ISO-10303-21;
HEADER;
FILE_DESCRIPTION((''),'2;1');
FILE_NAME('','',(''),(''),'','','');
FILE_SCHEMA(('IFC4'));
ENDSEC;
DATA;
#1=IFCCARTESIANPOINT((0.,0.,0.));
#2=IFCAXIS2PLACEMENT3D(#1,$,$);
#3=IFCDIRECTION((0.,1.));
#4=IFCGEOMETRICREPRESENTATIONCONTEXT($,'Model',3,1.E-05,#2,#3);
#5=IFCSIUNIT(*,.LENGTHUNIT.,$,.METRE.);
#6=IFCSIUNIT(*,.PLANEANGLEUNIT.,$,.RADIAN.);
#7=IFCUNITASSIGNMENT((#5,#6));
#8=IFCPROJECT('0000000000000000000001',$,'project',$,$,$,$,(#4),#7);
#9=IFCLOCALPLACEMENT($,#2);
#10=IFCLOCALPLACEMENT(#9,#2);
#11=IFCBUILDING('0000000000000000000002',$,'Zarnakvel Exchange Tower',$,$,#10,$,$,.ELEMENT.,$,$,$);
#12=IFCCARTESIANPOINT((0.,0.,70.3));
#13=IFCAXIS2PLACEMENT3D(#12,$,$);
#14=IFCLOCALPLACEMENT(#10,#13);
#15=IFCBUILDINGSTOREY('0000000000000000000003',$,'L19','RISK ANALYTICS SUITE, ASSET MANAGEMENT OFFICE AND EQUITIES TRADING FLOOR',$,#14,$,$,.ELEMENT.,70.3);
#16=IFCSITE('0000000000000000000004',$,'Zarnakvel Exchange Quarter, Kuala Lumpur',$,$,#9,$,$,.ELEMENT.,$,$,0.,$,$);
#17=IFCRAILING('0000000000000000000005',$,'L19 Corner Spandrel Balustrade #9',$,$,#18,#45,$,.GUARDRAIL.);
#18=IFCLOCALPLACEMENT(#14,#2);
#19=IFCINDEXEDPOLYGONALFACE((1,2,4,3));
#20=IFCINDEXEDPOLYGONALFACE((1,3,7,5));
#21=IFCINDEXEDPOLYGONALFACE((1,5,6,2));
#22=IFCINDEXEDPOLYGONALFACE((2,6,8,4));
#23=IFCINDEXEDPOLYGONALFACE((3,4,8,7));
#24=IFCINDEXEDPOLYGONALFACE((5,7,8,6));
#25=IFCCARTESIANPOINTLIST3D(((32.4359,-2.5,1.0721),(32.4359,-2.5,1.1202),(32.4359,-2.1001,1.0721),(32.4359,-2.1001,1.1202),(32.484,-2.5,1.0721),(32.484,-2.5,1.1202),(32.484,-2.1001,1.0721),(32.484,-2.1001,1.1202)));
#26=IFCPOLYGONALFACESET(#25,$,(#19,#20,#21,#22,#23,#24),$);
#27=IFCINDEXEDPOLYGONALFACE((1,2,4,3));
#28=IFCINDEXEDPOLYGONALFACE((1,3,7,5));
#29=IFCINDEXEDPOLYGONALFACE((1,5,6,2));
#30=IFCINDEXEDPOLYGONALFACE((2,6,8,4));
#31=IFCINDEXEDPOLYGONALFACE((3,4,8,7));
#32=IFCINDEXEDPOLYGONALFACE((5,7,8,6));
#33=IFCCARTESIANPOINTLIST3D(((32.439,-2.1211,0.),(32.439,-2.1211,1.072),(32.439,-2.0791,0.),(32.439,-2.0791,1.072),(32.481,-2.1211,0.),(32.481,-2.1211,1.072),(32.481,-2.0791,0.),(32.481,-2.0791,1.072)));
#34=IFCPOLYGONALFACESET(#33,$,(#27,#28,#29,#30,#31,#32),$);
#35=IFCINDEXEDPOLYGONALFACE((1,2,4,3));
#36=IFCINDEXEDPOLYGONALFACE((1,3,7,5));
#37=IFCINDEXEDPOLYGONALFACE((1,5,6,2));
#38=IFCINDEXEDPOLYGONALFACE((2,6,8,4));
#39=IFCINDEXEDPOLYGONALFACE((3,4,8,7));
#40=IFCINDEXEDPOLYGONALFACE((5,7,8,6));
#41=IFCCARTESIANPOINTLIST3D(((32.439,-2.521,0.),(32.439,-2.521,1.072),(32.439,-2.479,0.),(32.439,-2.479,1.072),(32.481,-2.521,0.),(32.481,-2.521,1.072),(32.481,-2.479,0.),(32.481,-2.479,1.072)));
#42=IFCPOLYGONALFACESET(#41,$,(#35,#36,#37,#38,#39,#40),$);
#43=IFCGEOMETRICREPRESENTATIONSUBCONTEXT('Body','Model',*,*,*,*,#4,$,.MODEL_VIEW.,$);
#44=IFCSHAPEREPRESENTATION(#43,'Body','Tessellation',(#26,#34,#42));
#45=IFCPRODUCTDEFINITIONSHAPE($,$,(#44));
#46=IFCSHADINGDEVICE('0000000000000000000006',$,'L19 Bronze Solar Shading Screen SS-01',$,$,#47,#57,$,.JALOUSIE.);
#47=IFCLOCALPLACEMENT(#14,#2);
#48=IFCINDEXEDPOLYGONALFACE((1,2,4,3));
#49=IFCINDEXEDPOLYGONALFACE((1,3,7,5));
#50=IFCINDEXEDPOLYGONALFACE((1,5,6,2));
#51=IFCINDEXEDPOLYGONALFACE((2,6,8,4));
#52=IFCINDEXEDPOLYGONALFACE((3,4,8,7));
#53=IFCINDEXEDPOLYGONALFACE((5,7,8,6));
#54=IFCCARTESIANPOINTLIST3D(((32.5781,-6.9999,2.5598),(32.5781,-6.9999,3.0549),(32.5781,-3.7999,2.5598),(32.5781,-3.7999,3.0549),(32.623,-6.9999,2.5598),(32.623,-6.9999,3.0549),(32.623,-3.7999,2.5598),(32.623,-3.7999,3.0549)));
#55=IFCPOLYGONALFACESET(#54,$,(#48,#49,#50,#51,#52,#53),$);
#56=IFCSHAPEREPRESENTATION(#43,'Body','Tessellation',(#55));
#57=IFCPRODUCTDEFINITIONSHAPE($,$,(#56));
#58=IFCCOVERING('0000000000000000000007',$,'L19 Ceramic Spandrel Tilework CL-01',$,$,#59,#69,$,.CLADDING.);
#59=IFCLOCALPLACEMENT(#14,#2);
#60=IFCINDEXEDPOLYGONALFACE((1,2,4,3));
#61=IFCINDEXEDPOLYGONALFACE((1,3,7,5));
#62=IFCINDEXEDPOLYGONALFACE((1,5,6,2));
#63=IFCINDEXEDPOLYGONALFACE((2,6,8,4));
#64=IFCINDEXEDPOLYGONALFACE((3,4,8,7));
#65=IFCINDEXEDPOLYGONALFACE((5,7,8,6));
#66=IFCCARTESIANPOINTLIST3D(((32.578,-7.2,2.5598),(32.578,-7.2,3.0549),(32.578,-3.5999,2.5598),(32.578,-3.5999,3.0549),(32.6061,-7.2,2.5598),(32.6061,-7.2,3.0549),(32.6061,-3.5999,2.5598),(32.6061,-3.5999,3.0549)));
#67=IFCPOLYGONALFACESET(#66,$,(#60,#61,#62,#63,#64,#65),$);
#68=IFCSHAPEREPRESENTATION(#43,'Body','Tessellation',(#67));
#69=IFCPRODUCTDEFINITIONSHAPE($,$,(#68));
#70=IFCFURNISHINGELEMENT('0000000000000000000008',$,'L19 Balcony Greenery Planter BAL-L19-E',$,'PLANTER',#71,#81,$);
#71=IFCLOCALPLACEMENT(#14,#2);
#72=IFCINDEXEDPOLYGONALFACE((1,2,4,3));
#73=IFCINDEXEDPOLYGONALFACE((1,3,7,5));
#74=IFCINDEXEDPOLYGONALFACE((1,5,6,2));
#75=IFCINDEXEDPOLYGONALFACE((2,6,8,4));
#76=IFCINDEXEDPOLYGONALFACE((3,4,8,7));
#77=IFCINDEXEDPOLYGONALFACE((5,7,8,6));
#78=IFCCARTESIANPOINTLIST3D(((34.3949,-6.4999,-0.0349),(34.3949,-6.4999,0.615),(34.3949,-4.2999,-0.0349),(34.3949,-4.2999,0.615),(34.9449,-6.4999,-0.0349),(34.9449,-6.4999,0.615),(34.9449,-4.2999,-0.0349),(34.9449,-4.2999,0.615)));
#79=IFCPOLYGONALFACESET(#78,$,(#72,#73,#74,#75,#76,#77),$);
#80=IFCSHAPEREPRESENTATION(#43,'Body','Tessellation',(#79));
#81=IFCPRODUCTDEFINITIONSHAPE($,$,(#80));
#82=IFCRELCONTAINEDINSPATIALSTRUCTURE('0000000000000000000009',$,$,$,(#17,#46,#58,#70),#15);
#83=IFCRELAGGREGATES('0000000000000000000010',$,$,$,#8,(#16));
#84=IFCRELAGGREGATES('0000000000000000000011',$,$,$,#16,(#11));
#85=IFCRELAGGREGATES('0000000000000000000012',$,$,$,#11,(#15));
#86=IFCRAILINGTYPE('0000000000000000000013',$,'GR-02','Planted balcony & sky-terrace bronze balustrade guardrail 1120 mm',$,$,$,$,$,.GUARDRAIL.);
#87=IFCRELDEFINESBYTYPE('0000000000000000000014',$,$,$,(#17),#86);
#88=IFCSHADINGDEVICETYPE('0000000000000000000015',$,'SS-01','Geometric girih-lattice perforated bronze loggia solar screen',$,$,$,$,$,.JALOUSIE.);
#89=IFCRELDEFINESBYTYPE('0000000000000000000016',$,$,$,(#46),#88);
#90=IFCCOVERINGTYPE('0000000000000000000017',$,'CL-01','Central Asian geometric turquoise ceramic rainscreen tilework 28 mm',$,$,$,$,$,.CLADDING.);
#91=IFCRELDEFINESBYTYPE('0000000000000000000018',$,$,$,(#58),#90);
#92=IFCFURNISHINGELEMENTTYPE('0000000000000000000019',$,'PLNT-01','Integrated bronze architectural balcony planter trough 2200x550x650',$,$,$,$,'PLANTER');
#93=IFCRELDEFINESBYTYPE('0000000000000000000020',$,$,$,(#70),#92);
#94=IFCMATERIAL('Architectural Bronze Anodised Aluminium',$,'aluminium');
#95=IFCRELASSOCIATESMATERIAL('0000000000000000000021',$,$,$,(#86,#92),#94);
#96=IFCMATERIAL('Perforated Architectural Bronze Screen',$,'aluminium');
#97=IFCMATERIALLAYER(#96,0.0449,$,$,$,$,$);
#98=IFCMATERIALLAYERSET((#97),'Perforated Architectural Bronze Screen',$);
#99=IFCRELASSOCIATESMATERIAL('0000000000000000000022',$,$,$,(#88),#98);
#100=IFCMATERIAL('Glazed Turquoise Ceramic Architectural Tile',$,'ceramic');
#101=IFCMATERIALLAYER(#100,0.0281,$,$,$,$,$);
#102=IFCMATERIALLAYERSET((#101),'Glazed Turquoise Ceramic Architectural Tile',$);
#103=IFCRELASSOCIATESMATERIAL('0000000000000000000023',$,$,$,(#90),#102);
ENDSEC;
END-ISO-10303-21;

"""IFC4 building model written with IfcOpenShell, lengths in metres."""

from ifc_helpers import new_model, si_unit, direction, frame, origin, origin_2d, place, context, subcontext, project, spatial, rectangle, extrude, source, transform, mapped, material, layer, layer_set, type_object, element, save


model = new_model("IFC4")

# Units and contexts
model_context = context("Model", 3, precision=1e-05, world=origin(), true_north=direction((0.0, 1.0)))
body_context = subcontext(model_context, "Body", "Model", "MODEL_VIEW")
ifc_project = project(units=[si_unit("LENGTHUNIT", "METRE"), si_unit("PLANEANGLEUNIT", "RADIAN")], contexts=[model_context])

# Site, building, storey
site_placement = place(None, origin())
site = spatial("IfcSite", under=ifc_project, at=site_placement, Name="Zarnakvel Exchange Quarter, Kuala Lumpur", CompositionType="ELEMENT", RefElevation=0.0)
building_placement = place(site_placement, origin())
building = spatial("IfcBuilding", under=site, at=building_placement, Name="Zarnakvel Exchange Tower", CompositionType="ELEMENT")
storey_placement = place(building_placement, frame((0.0, 0.0, 70.3)))
storey = spatial("IfcBuildingStorey", under=building, at=storey_placement, Name="L19", Description="RISK ANALYTICS SUITE, ASSET MANAGEMENT OFFICE AND EQUITIES TRADING FLOOR", CompositionType="ELEMENT", Elevation=70.3)

# Shared definitions
ifc_material_1 = material(Name="Architectural Bronze Anodised Aluminium", Category="aluminium")

# Railing
railing_type = type_object("IfcRailingType", Name="GR-02", Description="Planted balcony & sky-terrace bronze balustrade guardrail 1120 mm", PredefinedType="GUARDRAIL", material=ifc_material_1)
railing_placement = place(storey_placement, frame((32.46, -2.1001, 0.0)))
element("IfcRailing", 1, at=railing_placement, inside=storey, type_object=railing_type, Name="L19 Corner Spandrel Balustrade #9", PredefinedType="GUARDRAIL", context=body_context, shape_type="SweptSolid", body=[
    extrude(rectangle(XDim=0.0481, YDim=0.0481, at=origin_2d()), frame((0.0, 0.0, 1.0962), z_axis=(0.0, -1.0, 0.0), x_axis=(1.0, 0.0, 0.0)), (0.0, 0.0, 1.0), 0.3999),
    extrude(rectangle(XDim=0.042, YDim=0.042, at=origin_2d()), origin(), (0.0, 0.0, 1.0), 1.072),
    extrude(rectangle(XDim=0.042, YDim=0.042, at=origin_2d()), frame((0.0, -0.3999, 0.0)), (0.0, 0.0, 1.0), 1.072),
])

# Shading device
ifc_material_2 = material(Name="Perforated Architectural Bronze Screen", Category="aluminium")
ifc_layer_1 = layer(ifc_material_2, 0.0449)
ifc_layer_set_1 = layer_set([ifc_layer_1], Name="Perforated Architectural Bronze Screen")
shading_device_type = type_object("IfcShadingDeviceType", Name="SS-01", Description="Geometric girih-lattice perforated bronze loggia solar screen", PredefinedType="JALOUSIE", material=ifc_layer_set_1)
shared_shape_1 = source(origin(), body_context, "Body", "SweptSolid", [
    extrude(rectangle(XDim=3.2, YDim=0.0449, at=origin_2d()), origin(), (0.0, 0.0, 1.0), 0.4951),
])
shading_device_placement = place(storey_placement, frame((32.6006, -5.3999, 2.5598), z_axis=(0.0, 0.0, 1.0), x_axis=(0.0, -1.0, 0.0)))
element("IfcShadingDevice", 2, at=shading_device_placement, inside=storey, type_object=shading_device_type, Name="L19 Bronze Solar Shading Screen SS-01", PredefinedType="JALOUSIE", context=body_context, shape_type="MappedRepresentation", body=[
    mapped(shared_shape_1, transform((0.0, 0.0, 0.0), x_axis=(1.0, 0.0, 0.0), y_axis=(0.0, 1.0, 0.0), z_axis=(0.0, 0.0, 1.0), scale=1.0)),
])

# Covering
ifc_material_3 = material(Name="Glazed Turquoise Ceramic Architectural Tile", Category="ceramic")
ifc_layer_2 = layer(ifc_material_3, 0.0281)
ifc_layer_set_2 = layer_set([ifc_layer_2], Name="Glazed Turquoise Ceramic Architectural Tile")
covering_type = type_object("IfcCoveringType", Name="CL-01", Description="Central Asian geometric turquoise ceramic rainscreen tilework 28 mm", PredefinedType="CLADDING", material=ifc_layer_set_2)
shared_shape_2 = source(origin(), body_context, "Body", "SweptSolid", [
    extrude(rectangle(XDim=3.6001, YDim=0.0281, at=origin_2d()), origin(), (0.0, 0.0, 1.0), 0.4951),
])
covering_placement = place(storey_placement, frame((32.592, -5.3999, 2.5598), z_axis=(0.0, 0.0, 1.0), x_axis=(0.0, -1.0, 0.0)))
element("IfcCovering", 3, at=covering_placement, inside=storey, type_object=covering_type, Name="L19 Ceramic Spandrel Tilework CL-01", PredefinedType="CLADDING", context=body_context, shape_type="MappedRepresentation", body=[
    mapped(shared_shape_2, transform((0.0, 0.0, 0.0), x_axis=(1.0, 0.0, 0.0), y_axis=(0.0, 1.0, 0.0), z_axis=(0.0, 0.0, 1.0), scale=1.0)),
])

# Furnishing element
furnishing_element_type = type_object("IfcFurnishingElementType", Name="PLNT-01", Description="Integrated bronze architectural balcony planter trough 2200x550x650", ElementType="PLANTER", material=ifc_material_1)
shared_shape_3 = source(origin(), body_context, "Body", "SweptSolid", [
    extrude(rectangle(XDim=2.2, YDim=0.55, at=origin_2d()), origin(), (0.0, 0.0, 1.0), 0.6499),
])
furnishing_placement = place(storey_placement, frame((34.6699, -5.3999, -0.0349), z_axis=(0.0, 0.0, 1.0), x_axis=(0.0, 1.0, 0.0)))
element("IfcFurnishingElement", 4, at=furnishing_placement, inside=storey, type_object=furnishing_element_type, Name="L19 Balcony Greenery Planter BAL-L19-E", ObjectType="PLANTER", context=body_context, shape_type="MappedRepresentation", body=[
    mapped(shared_shape_3, transform((0.0, 0.0, 0.0), x_axis=(1.0, 0.0, 0.0), y_axis=(0.0, 1.0, 0.0), z_axis=(0.0, 0.0, 1.0), scale=1.0)),
])

save(model, "model.ifc")
